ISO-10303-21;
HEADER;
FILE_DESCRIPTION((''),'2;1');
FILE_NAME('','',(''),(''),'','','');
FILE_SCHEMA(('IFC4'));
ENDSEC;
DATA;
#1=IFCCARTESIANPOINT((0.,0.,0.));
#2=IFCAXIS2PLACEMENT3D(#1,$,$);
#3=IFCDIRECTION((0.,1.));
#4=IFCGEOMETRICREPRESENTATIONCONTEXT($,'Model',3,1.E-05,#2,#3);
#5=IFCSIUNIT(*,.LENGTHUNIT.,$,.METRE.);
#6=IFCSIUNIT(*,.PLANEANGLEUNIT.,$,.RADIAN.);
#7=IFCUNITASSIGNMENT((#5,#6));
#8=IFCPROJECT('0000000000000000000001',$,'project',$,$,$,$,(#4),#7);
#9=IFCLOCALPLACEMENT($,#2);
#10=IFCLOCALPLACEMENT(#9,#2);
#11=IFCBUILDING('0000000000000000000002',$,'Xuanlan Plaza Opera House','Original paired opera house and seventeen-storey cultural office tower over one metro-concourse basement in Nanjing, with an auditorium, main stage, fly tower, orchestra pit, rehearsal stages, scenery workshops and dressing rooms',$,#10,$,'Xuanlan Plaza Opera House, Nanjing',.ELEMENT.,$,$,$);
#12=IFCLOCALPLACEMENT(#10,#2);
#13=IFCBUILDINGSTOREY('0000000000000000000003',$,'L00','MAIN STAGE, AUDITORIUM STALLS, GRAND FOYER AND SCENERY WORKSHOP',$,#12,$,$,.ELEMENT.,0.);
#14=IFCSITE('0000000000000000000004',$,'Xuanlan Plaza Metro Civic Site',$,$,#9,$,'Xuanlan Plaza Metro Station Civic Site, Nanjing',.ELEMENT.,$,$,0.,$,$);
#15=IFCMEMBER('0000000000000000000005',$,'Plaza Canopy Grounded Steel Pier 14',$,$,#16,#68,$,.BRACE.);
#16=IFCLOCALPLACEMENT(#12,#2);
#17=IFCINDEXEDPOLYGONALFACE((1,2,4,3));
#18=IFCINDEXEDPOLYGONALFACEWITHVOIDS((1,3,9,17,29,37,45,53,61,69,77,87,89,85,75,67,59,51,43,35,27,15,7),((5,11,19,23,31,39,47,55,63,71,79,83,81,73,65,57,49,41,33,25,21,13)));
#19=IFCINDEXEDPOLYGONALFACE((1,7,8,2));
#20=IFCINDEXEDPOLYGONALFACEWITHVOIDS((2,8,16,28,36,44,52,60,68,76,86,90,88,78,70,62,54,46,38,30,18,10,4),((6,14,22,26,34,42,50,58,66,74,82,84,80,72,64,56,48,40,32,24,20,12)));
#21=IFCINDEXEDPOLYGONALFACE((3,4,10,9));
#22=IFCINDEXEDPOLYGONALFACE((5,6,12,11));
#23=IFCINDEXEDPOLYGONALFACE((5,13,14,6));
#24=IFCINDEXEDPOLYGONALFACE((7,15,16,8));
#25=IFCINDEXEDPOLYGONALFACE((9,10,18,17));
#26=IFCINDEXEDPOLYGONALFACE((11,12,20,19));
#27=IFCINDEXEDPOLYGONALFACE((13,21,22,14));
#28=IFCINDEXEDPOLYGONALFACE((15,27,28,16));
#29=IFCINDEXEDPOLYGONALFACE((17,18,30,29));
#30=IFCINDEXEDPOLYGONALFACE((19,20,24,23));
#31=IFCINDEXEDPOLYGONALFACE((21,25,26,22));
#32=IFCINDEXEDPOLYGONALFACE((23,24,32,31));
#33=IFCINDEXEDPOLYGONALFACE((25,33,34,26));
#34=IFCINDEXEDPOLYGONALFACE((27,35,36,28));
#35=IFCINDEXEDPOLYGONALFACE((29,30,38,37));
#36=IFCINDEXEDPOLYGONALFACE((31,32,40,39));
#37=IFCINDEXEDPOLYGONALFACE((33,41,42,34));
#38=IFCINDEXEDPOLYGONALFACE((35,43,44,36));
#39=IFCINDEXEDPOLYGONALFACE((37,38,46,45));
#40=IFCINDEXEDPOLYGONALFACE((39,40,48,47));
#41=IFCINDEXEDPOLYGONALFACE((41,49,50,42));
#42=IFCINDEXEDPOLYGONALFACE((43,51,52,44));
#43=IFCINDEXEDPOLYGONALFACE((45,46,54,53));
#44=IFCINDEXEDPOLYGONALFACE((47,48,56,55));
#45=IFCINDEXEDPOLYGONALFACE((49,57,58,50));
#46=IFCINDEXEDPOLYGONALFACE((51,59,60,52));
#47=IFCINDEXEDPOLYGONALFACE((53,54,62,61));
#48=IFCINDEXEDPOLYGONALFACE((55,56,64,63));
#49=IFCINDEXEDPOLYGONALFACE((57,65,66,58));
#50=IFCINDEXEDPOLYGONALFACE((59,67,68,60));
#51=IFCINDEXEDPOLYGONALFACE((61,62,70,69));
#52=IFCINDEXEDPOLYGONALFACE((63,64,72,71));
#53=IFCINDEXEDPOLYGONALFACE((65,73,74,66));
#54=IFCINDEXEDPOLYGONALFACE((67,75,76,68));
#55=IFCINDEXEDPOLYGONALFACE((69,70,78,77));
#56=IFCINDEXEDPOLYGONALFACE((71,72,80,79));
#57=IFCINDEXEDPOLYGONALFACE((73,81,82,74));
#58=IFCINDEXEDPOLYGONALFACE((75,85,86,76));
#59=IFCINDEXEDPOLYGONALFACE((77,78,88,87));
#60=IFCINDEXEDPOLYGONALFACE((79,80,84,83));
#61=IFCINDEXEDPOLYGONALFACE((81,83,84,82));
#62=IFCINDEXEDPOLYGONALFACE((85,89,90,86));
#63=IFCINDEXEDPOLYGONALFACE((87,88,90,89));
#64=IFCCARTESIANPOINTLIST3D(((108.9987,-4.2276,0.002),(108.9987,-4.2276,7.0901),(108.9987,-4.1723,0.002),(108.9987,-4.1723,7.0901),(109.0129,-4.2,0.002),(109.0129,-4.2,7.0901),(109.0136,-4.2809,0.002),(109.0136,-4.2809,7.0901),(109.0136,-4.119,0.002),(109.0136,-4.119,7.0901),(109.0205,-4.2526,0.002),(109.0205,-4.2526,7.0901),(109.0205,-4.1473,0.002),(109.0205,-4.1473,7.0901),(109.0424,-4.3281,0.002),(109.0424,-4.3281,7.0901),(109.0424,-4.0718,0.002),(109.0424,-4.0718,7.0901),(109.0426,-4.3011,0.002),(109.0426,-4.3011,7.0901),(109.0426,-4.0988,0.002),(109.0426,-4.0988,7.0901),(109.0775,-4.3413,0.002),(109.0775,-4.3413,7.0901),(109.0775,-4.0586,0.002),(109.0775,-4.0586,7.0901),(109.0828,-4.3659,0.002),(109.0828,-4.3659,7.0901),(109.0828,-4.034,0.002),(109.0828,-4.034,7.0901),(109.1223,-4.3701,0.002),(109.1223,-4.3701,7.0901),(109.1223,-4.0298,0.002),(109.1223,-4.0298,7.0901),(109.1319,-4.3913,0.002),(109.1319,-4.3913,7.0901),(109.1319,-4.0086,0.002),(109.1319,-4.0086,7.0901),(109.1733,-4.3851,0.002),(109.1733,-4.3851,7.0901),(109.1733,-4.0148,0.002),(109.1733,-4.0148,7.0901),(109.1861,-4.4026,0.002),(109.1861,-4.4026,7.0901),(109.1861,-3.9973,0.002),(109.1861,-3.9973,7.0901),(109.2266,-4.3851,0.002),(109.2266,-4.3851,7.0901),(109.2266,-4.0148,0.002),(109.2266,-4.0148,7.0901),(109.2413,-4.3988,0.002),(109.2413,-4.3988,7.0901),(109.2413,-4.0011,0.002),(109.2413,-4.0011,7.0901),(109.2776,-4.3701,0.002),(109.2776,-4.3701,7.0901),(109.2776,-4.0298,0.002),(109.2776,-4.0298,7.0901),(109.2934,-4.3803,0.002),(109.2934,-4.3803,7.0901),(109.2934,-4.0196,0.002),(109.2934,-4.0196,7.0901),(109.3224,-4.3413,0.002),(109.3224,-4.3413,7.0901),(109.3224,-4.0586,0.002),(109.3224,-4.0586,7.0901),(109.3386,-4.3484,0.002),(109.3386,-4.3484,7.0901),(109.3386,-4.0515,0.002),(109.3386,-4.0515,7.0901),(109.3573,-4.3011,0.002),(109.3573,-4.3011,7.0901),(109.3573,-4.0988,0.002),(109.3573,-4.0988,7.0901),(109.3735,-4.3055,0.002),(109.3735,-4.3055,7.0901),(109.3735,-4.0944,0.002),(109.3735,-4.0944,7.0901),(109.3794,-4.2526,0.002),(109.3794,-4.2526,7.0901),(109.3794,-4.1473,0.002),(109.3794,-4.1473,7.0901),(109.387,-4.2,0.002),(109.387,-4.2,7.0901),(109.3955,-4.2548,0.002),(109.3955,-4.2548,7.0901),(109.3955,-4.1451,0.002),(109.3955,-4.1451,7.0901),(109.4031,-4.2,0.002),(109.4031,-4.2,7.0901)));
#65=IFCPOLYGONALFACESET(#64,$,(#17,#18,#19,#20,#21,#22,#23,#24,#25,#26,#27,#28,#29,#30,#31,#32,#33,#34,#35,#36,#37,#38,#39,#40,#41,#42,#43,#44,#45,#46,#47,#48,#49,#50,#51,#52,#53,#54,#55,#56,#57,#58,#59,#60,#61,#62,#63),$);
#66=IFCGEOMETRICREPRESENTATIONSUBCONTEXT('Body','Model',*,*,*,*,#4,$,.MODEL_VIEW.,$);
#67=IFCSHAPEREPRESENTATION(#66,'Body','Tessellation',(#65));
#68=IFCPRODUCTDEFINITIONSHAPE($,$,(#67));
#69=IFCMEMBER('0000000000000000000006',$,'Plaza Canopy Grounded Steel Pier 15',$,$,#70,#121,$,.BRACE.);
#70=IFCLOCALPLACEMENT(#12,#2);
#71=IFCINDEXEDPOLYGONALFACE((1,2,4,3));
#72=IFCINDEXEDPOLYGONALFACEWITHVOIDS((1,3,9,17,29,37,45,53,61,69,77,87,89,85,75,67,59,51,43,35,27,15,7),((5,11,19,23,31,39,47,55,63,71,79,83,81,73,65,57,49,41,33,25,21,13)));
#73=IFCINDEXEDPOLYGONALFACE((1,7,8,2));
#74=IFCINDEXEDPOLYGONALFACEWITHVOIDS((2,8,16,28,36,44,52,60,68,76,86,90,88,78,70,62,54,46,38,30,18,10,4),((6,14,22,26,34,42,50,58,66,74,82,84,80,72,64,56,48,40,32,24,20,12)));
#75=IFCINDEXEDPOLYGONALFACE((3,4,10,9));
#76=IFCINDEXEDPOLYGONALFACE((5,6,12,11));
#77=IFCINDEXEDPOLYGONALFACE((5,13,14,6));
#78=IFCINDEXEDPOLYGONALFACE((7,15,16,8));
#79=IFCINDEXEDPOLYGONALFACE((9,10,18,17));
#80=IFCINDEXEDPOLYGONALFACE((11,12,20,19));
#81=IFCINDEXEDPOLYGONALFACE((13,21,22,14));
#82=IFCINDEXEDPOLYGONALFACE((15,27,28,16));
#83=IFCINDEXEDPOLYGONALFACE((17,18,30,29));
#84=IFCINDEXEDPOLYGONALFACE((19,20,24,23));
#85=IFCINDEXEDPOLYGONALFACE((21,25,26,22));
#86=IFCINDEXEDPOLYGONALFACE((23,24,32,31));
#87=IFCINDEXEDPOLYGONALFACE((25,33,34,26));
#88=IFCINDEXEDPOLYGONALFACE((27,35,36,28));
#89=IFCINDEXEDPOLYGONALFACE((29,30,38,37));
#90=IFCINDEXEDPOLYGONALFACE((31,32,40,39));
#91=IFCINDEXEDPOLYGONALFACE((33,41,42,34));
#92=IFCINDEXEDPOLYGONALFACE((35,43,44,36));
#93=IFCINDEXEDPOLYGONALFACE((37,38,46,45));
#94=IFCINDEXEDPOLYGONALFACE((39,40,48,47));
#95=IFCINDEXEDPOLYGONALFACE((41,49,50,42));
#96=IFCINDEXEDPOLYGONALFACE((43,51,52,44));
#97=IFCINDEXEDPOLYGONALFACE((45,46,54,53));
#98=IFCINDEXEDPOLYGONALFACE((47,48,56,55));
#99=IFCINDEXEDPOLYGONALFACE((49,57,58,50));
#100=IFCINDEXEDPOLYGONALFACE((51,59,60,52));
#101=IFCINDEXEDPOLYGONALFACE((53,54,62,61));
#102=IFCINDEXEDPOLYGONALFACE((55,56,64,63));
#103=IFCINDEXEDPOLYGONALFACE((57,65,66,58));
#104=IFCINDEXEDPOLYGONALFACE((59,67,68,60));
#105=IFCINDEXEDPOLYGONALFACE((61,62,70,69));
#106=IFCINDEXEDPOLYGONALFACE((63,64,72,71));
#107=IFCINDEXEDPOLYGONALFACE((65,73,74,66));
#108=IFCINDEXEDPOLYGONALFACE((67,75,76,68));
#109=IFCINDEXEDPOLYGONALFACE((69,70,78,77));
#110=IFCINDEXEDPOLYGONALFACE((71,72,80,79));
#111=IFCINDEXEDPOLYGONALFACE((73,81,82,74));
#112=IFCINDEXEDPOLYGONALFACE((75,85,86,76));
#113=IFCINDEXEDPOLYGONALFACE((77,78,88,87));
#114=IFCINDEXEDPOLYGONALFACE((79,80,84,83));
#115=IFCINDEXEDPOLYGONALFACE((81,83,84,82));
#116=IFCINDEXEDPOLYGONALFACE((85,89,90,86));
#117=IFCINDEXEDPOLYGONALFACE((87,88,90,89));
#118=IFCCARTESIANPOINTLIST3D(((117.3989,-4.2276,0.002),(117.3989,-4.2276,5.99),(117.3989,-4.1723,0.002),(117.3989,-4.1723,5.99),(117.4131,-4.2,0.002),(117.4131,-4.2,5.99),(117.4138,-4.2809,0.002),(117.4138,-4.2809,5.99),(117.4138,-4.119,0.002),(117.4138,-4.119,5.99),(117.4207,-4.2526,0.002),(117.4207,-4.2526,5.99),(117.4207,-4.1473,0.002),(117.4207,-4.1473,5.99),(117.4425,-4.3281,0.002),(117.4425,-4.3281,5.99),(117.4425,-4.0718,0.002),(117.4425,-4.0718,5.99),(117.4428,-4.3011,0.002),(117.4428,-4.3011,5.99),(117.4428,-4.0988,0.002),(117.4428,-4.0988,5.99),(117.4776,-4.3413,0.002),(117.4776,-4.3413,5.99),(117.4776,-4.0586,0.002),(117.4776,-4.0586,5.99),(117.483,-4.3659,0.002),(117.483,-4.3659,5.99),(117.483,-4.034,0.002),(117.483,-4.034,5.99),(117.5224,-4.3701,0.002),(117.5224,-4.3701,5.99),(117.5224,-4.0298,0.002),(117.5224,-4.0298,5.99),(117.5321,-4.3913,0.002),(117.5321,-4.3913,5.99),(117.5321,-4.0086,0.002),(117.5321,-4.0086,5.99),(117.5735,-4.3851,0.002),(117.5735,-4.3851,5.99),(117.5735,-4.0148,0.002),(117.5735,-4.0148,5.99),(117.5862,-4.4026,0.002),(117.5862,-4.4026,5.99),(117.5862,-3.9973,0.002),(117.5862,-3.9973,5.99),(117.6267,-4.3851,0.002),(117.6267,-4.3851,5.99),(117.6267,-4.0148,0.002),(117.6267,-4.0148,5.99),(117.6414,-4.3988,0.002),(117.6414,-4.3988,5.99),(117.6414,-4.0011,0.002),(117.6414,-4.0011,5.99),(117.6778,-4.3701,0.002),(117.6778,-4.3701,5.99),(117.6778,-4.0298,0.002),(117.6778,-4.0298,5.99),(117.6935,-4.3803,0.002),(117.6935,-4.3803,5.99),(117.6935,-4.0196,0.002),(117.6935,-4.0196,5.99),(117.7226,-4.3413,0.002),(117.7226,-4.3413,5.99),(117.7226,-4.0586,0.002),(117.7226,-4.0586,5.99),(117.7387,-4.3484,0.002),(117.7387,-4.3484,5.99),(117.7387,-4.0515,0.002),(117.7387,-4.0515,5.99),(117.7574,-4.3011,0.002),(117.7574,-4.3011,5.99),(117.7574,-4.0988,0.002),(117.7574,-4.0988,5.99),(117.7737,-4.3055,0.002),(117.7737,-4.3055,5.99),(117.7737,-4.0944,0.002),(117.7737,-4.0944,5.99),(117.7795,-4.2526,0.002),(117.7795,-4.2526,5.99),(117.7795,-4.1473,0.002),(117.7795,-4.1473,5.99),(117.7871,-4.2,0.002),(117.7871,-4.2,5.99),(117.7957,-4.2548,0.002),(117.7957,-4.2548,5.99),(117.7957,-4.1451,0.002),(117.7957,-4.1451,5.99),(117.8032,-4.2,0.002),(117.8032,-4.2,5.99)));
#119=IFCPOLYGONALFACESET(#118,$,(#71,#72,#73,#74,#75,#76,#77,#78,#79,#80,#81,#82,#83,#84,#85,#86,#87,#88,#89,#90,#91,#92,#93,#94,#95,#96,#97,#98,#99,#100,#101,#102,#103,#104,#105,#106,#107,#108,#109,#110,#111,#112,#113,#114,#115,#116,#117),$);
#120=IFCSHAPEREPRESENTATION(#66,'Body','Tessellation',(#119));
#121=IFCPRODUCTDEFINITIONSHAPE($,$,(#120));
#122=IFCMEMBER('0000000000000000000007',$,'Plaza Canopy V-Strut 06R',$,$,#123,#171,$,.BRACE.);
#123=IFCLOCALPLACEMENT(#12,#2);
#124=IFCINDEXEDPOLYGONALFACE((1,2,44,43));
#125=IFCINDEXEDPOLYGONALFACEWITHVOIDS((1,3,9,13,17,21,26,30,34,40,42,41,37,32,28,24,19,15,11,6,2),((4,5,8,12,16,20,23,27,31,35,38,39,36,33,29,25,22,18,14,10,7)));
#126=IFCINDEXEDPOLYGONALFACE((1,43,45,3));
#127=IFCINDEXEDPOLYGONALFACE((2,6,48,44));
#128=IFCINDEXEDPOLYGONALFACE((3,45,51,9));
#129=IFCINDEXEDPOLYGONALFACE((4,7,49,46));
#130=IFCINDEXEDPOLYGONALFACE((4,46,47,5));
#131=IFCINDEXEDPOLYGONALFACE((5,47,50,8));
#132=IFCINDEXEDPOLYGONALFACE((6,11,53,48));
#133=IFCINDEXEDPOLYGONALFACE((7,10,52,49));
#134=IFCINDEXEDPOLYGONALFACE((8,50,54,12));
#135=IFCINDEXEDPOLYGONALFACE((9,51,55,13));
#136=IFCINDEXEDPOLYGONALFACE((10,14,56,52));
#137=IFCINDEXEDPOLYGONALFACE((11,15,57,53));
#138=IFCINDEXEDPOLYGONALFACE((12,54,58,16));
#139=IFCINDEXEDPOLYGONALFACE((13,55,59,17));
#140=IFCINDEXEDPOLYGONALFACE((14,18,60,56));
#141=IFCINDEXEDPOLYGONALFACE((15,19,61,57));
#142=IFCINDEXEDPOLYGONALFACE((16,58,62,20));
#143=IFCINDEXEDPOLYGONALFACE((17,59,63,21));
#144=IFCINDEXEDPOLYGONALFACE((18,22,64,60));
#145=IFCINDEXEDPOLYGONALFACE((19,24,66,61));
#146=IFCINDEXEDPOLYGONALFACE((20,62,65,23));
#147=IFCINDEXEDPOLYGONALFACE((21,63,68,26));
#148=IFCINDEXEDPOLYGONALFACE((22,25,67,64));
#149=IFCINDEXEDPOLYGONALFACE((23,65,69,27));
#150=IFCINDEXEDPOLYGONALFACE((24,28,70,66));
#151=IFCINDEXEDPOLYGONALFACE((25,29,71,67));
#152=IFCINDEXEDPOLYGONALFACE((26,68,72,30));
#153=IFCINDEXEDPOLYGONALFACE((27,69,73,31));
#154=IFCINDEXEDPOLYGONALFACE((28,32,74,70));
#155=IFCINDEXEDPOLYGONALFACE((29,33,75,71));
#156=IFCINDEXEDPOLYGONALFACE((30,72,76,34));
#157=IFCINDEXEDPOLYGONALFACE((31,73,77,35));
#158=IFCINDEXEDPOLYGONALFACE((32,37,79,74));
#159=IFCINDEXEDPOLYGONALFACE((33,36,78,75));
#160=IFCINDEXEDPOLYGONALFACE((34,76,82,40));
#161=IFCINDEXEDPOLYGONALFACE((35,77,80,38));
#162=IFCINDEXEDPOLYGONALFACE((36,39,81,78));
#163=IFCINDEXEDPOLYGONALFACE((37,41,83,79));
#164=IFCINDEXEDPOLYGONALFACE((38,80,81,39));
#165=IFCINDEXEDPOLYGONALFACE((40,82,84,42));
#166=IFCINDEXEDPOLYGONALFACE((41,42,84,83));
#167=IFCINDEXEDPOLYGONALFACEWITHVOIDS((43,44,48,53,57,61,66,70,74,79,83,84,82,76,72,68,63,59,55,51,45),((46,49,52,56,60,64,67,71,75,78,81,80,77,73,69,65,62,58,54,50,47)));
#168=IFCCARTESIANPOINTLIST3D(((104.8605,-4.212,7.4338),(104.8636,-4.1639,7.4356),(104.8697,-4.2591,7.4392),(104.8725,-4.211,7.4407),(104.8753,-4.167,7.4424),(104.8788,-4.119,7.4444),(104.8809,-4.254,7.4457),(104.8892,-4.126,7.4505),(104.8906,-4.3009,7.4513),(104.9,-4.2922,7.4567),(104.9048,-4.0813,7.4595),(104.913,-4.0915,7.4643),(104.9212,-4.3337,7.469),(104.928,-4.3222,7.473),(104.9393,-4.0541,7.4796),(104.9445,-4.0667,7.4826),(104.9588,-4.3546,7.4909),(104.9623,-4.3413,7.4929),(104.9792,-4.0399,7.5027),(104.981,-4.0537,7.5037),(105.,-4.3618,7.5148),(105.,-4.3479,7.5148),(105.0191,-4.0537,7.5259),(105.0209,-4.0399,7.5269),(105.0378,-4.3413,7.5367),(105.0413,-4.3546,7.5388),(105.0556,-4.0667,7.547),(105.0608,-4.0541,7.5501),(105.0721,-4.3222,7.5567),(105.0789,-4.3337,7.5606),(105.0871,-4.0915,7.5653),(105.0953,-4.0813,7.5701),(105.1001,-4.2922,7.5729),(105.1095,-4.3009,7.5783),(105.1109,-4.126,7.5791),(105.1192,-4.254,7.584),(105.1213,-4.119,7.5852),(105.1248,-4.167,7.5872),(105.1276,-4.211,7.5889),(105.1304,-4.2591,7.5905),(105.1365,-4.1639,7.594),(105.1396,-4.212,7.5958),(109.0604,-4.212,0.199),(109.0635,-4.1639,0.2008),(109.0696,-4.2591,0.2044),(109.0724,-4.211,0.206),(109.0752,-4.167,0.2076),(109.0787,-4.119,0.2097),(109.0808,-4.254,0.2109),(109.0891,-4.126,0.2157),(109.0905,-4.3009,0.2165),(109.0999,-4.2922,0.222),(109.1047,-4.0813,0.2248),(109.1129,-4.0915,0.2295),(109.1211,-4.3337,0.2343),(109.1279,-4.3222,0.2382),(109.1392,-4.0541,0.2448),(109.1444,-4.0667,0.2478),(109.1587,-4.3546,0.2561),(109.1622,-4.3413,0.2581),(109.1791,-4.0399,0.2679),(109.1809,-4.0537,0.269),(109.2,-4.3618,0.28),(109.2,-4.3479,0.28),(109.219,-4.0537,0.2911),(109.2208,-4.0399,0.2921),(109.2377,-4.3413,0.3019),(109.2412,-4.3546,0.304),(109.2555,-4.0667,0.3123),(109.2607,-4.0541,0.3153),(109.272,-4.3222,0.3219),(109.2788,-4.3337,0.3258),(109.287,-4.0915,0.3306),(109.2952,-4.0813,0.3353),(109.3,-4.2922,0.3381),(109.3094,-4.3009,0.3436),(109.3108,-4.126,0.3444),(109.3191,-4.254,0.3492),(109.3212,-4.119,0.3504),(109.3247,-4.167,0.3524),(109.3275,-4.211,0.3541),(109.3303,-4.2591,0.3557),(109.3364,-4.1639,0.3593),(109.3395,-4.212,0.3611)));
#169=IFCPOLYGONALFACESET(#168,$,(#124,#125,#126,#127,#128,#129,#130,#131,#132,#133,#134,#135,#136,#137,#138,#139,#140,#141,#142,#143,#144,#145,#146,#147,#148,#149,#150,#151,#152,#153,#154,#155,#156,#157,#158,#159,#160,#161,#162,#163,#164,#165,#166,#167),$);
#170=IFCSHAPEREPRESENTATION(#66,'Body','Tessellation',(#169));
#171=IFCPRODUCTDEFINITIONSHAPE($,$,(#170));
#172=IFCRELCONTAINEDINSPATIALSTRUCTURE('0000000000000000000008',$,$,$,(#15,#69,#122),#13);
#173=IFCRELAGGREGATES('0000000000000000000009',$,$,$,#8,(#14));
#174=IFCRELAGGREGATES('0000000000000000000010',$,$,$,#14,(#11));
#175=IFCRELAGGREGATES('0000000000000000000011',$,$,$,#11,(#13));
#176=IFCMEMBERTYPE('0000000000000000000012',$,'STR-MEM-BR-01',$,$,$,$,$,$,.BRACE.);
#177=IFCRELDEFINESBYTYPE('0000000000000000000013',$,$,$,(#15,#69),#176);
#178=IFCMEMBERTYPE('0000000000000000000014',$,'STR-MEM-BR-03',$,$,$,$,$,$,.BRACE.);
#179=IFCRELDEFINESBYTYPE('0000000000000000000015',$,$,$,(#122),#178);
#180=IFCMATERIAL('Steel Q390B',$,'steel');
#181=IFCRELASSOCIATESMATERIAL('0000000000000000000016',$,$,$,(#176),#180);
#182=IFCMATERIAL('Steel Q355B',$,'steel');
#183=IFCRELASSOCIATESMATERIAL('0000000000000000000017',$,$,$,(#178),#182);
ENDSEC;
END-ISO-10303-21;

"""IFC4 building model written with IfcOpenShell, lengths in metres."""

from ifc_helpers import new_model, si_unit, direction, frame, origin, origin_2d, place, context, subcontext, project, spatial, hollow_circle, extrude, material, material_profile, profile_set, type_object, element, save


model = new_model("IFC4")

# Units and contexts
model_context = context("Model", 3, precision=1e-05, world=origin(), true_north=direction((0.0, 1.0)))
body_context = subcontext(model_context, "Body", "Model", "MODEL_VIEW")
ifc_project = project(units=[si_unit("LENGTHUNIT", "METRE"), si_unit("PLANEANGLEUNIT", "RADIAN")], contexts=[model_context])

# Site, building, storey
site_placement = place(None, origin())
site = spatial("IfcSite", under=ifc_project, at=site_placement, Name="Xuanlan Plaza Metro Civic Site", LongName="Xuanlan Plaza Metro Station Civic Site, Nanjing", CompositionType="ELEMENT", RefElevation=0.0)
building_placement = place(site_placement, origin())
building = spatial("IfcBuilding", under=site, at=building_placement, Name="Xuanlan Plaza Opera House", Description="Original paired opera house and seventeen-storey cultural office tower over one metro-concourse basement in Nanjing, with an auditorium, main stage, fly tower, orchestra pit, rehearsal stages, scenery workshops and dressing rooms", LongName="Xuanlan Plaza Opera House, Nanjing", CompositionType="ELEMENT")
storey_placement = place(building_placement, origin())
storey = spatial("IfcBuildingStorey", under=building, at=storey_placement, Name="L00", Description="MAIN STAGE, AUDITORIUM STALLS, GRAND FOYER AND SCENERY WORKSHOP", CompositionType="ELEMENT", Elevation=0.0)

# Shared definitions
ifc_material_1 = material(Name="Steel Q355B", Category="steel")

# Members
ifc_material_2 = material(Name="Steel Q390B", Category="steel")
ifc_material_profile_1 = material_profile(ifc_material_2, hollow_circle(Radius=0.2031, WallThickness=0.0161, at=origin_2d()), Name="CHS 406.4x16")
ifc_profile_set_1 = profile_set([ifc_material_profile_1], Name="Steel Q390B")
member_type_1 = type_object("IfcMemberType", Name="STR-MEM-BR-01", PredefinedType="BRACE", material=ifc_profile_set_1)
member_1_placement = place(storey_placement, frame((109.2, -4.2, 0.002), z_axis=(0.0, 0.0, 1.0), x_axis=(1.0, 0.0, 0.0)))
element("IfcMember", 1, at=member_1_placement, inside=storey, type_object=member_type_1, Name="Plaza Canopy Grounded Steel Pier 14", PredefinedType="BRACE", context=body_context, shape_type="SweptSolid", body=[
    extrude(hollow_circle(Radius=0.2031, WallThickness=0.0161, at=origin_2d()), origin(), (0.0, 0.0, 1.0), 7.0881),
])
member_2_placement = place(storey_placement, frame((117.6001, -4.2, 0.002), z_axis=(0.0, 0.0, 1.0), x_axis=(1.0, 0.0, 0.0)))
element("IfcMember", 2, at=member_2_placement, inside=storey, type_object=member_type_1, Name="Plaza Canopy Grounded Steel Pier 15", PredefinedType="BRACE", context=body_context, shape_type="SweptSolid", body=[
    extrude(hollow_circle(Radius=0.2031, WallThickness=0.0161, at=origin_2d()), origin(), (0.0, 0.0, 1.0), 5.988),
])
ifc_material_profile_2 = material_profile(ifc_material_1, hollow_circle(Radius=0.1619, WallThickness=0.0139, at=origin_2d()), Name="CHS 323.9x14")
ifc_profile_set_2 = profile_set([ifc_material_profile_2], Name="Steel Q355B")
member_type_2 = type_object("IfcMemberType", Name="STR-MEM-BR-03", PredefinedType="BRACE", material=ifc_profile_set_2)
member_3_placement = place(storey_placement, frame((109.2, -4.2, 0.28), z_axis=(-0.502052, 0.0, 0.864838), x_axis=(0.0, -1.0, 0.0)))
element("IfcMember", 3, at=member_3_placement, inside=storey, type_object=member_type_2, Name="Plaza Canopy V-Strut 06R", PredefinedType="BRACE", context=body_context, shape_type="SweptSolid", body=[
    extrude(hollow_circle(Radius=0.1619, WallThickness=0.0139, at=origin_2d()), origin(), (0.0, 0.0, 1.0), 8.3655),
])

save(model, "model.ifc")
